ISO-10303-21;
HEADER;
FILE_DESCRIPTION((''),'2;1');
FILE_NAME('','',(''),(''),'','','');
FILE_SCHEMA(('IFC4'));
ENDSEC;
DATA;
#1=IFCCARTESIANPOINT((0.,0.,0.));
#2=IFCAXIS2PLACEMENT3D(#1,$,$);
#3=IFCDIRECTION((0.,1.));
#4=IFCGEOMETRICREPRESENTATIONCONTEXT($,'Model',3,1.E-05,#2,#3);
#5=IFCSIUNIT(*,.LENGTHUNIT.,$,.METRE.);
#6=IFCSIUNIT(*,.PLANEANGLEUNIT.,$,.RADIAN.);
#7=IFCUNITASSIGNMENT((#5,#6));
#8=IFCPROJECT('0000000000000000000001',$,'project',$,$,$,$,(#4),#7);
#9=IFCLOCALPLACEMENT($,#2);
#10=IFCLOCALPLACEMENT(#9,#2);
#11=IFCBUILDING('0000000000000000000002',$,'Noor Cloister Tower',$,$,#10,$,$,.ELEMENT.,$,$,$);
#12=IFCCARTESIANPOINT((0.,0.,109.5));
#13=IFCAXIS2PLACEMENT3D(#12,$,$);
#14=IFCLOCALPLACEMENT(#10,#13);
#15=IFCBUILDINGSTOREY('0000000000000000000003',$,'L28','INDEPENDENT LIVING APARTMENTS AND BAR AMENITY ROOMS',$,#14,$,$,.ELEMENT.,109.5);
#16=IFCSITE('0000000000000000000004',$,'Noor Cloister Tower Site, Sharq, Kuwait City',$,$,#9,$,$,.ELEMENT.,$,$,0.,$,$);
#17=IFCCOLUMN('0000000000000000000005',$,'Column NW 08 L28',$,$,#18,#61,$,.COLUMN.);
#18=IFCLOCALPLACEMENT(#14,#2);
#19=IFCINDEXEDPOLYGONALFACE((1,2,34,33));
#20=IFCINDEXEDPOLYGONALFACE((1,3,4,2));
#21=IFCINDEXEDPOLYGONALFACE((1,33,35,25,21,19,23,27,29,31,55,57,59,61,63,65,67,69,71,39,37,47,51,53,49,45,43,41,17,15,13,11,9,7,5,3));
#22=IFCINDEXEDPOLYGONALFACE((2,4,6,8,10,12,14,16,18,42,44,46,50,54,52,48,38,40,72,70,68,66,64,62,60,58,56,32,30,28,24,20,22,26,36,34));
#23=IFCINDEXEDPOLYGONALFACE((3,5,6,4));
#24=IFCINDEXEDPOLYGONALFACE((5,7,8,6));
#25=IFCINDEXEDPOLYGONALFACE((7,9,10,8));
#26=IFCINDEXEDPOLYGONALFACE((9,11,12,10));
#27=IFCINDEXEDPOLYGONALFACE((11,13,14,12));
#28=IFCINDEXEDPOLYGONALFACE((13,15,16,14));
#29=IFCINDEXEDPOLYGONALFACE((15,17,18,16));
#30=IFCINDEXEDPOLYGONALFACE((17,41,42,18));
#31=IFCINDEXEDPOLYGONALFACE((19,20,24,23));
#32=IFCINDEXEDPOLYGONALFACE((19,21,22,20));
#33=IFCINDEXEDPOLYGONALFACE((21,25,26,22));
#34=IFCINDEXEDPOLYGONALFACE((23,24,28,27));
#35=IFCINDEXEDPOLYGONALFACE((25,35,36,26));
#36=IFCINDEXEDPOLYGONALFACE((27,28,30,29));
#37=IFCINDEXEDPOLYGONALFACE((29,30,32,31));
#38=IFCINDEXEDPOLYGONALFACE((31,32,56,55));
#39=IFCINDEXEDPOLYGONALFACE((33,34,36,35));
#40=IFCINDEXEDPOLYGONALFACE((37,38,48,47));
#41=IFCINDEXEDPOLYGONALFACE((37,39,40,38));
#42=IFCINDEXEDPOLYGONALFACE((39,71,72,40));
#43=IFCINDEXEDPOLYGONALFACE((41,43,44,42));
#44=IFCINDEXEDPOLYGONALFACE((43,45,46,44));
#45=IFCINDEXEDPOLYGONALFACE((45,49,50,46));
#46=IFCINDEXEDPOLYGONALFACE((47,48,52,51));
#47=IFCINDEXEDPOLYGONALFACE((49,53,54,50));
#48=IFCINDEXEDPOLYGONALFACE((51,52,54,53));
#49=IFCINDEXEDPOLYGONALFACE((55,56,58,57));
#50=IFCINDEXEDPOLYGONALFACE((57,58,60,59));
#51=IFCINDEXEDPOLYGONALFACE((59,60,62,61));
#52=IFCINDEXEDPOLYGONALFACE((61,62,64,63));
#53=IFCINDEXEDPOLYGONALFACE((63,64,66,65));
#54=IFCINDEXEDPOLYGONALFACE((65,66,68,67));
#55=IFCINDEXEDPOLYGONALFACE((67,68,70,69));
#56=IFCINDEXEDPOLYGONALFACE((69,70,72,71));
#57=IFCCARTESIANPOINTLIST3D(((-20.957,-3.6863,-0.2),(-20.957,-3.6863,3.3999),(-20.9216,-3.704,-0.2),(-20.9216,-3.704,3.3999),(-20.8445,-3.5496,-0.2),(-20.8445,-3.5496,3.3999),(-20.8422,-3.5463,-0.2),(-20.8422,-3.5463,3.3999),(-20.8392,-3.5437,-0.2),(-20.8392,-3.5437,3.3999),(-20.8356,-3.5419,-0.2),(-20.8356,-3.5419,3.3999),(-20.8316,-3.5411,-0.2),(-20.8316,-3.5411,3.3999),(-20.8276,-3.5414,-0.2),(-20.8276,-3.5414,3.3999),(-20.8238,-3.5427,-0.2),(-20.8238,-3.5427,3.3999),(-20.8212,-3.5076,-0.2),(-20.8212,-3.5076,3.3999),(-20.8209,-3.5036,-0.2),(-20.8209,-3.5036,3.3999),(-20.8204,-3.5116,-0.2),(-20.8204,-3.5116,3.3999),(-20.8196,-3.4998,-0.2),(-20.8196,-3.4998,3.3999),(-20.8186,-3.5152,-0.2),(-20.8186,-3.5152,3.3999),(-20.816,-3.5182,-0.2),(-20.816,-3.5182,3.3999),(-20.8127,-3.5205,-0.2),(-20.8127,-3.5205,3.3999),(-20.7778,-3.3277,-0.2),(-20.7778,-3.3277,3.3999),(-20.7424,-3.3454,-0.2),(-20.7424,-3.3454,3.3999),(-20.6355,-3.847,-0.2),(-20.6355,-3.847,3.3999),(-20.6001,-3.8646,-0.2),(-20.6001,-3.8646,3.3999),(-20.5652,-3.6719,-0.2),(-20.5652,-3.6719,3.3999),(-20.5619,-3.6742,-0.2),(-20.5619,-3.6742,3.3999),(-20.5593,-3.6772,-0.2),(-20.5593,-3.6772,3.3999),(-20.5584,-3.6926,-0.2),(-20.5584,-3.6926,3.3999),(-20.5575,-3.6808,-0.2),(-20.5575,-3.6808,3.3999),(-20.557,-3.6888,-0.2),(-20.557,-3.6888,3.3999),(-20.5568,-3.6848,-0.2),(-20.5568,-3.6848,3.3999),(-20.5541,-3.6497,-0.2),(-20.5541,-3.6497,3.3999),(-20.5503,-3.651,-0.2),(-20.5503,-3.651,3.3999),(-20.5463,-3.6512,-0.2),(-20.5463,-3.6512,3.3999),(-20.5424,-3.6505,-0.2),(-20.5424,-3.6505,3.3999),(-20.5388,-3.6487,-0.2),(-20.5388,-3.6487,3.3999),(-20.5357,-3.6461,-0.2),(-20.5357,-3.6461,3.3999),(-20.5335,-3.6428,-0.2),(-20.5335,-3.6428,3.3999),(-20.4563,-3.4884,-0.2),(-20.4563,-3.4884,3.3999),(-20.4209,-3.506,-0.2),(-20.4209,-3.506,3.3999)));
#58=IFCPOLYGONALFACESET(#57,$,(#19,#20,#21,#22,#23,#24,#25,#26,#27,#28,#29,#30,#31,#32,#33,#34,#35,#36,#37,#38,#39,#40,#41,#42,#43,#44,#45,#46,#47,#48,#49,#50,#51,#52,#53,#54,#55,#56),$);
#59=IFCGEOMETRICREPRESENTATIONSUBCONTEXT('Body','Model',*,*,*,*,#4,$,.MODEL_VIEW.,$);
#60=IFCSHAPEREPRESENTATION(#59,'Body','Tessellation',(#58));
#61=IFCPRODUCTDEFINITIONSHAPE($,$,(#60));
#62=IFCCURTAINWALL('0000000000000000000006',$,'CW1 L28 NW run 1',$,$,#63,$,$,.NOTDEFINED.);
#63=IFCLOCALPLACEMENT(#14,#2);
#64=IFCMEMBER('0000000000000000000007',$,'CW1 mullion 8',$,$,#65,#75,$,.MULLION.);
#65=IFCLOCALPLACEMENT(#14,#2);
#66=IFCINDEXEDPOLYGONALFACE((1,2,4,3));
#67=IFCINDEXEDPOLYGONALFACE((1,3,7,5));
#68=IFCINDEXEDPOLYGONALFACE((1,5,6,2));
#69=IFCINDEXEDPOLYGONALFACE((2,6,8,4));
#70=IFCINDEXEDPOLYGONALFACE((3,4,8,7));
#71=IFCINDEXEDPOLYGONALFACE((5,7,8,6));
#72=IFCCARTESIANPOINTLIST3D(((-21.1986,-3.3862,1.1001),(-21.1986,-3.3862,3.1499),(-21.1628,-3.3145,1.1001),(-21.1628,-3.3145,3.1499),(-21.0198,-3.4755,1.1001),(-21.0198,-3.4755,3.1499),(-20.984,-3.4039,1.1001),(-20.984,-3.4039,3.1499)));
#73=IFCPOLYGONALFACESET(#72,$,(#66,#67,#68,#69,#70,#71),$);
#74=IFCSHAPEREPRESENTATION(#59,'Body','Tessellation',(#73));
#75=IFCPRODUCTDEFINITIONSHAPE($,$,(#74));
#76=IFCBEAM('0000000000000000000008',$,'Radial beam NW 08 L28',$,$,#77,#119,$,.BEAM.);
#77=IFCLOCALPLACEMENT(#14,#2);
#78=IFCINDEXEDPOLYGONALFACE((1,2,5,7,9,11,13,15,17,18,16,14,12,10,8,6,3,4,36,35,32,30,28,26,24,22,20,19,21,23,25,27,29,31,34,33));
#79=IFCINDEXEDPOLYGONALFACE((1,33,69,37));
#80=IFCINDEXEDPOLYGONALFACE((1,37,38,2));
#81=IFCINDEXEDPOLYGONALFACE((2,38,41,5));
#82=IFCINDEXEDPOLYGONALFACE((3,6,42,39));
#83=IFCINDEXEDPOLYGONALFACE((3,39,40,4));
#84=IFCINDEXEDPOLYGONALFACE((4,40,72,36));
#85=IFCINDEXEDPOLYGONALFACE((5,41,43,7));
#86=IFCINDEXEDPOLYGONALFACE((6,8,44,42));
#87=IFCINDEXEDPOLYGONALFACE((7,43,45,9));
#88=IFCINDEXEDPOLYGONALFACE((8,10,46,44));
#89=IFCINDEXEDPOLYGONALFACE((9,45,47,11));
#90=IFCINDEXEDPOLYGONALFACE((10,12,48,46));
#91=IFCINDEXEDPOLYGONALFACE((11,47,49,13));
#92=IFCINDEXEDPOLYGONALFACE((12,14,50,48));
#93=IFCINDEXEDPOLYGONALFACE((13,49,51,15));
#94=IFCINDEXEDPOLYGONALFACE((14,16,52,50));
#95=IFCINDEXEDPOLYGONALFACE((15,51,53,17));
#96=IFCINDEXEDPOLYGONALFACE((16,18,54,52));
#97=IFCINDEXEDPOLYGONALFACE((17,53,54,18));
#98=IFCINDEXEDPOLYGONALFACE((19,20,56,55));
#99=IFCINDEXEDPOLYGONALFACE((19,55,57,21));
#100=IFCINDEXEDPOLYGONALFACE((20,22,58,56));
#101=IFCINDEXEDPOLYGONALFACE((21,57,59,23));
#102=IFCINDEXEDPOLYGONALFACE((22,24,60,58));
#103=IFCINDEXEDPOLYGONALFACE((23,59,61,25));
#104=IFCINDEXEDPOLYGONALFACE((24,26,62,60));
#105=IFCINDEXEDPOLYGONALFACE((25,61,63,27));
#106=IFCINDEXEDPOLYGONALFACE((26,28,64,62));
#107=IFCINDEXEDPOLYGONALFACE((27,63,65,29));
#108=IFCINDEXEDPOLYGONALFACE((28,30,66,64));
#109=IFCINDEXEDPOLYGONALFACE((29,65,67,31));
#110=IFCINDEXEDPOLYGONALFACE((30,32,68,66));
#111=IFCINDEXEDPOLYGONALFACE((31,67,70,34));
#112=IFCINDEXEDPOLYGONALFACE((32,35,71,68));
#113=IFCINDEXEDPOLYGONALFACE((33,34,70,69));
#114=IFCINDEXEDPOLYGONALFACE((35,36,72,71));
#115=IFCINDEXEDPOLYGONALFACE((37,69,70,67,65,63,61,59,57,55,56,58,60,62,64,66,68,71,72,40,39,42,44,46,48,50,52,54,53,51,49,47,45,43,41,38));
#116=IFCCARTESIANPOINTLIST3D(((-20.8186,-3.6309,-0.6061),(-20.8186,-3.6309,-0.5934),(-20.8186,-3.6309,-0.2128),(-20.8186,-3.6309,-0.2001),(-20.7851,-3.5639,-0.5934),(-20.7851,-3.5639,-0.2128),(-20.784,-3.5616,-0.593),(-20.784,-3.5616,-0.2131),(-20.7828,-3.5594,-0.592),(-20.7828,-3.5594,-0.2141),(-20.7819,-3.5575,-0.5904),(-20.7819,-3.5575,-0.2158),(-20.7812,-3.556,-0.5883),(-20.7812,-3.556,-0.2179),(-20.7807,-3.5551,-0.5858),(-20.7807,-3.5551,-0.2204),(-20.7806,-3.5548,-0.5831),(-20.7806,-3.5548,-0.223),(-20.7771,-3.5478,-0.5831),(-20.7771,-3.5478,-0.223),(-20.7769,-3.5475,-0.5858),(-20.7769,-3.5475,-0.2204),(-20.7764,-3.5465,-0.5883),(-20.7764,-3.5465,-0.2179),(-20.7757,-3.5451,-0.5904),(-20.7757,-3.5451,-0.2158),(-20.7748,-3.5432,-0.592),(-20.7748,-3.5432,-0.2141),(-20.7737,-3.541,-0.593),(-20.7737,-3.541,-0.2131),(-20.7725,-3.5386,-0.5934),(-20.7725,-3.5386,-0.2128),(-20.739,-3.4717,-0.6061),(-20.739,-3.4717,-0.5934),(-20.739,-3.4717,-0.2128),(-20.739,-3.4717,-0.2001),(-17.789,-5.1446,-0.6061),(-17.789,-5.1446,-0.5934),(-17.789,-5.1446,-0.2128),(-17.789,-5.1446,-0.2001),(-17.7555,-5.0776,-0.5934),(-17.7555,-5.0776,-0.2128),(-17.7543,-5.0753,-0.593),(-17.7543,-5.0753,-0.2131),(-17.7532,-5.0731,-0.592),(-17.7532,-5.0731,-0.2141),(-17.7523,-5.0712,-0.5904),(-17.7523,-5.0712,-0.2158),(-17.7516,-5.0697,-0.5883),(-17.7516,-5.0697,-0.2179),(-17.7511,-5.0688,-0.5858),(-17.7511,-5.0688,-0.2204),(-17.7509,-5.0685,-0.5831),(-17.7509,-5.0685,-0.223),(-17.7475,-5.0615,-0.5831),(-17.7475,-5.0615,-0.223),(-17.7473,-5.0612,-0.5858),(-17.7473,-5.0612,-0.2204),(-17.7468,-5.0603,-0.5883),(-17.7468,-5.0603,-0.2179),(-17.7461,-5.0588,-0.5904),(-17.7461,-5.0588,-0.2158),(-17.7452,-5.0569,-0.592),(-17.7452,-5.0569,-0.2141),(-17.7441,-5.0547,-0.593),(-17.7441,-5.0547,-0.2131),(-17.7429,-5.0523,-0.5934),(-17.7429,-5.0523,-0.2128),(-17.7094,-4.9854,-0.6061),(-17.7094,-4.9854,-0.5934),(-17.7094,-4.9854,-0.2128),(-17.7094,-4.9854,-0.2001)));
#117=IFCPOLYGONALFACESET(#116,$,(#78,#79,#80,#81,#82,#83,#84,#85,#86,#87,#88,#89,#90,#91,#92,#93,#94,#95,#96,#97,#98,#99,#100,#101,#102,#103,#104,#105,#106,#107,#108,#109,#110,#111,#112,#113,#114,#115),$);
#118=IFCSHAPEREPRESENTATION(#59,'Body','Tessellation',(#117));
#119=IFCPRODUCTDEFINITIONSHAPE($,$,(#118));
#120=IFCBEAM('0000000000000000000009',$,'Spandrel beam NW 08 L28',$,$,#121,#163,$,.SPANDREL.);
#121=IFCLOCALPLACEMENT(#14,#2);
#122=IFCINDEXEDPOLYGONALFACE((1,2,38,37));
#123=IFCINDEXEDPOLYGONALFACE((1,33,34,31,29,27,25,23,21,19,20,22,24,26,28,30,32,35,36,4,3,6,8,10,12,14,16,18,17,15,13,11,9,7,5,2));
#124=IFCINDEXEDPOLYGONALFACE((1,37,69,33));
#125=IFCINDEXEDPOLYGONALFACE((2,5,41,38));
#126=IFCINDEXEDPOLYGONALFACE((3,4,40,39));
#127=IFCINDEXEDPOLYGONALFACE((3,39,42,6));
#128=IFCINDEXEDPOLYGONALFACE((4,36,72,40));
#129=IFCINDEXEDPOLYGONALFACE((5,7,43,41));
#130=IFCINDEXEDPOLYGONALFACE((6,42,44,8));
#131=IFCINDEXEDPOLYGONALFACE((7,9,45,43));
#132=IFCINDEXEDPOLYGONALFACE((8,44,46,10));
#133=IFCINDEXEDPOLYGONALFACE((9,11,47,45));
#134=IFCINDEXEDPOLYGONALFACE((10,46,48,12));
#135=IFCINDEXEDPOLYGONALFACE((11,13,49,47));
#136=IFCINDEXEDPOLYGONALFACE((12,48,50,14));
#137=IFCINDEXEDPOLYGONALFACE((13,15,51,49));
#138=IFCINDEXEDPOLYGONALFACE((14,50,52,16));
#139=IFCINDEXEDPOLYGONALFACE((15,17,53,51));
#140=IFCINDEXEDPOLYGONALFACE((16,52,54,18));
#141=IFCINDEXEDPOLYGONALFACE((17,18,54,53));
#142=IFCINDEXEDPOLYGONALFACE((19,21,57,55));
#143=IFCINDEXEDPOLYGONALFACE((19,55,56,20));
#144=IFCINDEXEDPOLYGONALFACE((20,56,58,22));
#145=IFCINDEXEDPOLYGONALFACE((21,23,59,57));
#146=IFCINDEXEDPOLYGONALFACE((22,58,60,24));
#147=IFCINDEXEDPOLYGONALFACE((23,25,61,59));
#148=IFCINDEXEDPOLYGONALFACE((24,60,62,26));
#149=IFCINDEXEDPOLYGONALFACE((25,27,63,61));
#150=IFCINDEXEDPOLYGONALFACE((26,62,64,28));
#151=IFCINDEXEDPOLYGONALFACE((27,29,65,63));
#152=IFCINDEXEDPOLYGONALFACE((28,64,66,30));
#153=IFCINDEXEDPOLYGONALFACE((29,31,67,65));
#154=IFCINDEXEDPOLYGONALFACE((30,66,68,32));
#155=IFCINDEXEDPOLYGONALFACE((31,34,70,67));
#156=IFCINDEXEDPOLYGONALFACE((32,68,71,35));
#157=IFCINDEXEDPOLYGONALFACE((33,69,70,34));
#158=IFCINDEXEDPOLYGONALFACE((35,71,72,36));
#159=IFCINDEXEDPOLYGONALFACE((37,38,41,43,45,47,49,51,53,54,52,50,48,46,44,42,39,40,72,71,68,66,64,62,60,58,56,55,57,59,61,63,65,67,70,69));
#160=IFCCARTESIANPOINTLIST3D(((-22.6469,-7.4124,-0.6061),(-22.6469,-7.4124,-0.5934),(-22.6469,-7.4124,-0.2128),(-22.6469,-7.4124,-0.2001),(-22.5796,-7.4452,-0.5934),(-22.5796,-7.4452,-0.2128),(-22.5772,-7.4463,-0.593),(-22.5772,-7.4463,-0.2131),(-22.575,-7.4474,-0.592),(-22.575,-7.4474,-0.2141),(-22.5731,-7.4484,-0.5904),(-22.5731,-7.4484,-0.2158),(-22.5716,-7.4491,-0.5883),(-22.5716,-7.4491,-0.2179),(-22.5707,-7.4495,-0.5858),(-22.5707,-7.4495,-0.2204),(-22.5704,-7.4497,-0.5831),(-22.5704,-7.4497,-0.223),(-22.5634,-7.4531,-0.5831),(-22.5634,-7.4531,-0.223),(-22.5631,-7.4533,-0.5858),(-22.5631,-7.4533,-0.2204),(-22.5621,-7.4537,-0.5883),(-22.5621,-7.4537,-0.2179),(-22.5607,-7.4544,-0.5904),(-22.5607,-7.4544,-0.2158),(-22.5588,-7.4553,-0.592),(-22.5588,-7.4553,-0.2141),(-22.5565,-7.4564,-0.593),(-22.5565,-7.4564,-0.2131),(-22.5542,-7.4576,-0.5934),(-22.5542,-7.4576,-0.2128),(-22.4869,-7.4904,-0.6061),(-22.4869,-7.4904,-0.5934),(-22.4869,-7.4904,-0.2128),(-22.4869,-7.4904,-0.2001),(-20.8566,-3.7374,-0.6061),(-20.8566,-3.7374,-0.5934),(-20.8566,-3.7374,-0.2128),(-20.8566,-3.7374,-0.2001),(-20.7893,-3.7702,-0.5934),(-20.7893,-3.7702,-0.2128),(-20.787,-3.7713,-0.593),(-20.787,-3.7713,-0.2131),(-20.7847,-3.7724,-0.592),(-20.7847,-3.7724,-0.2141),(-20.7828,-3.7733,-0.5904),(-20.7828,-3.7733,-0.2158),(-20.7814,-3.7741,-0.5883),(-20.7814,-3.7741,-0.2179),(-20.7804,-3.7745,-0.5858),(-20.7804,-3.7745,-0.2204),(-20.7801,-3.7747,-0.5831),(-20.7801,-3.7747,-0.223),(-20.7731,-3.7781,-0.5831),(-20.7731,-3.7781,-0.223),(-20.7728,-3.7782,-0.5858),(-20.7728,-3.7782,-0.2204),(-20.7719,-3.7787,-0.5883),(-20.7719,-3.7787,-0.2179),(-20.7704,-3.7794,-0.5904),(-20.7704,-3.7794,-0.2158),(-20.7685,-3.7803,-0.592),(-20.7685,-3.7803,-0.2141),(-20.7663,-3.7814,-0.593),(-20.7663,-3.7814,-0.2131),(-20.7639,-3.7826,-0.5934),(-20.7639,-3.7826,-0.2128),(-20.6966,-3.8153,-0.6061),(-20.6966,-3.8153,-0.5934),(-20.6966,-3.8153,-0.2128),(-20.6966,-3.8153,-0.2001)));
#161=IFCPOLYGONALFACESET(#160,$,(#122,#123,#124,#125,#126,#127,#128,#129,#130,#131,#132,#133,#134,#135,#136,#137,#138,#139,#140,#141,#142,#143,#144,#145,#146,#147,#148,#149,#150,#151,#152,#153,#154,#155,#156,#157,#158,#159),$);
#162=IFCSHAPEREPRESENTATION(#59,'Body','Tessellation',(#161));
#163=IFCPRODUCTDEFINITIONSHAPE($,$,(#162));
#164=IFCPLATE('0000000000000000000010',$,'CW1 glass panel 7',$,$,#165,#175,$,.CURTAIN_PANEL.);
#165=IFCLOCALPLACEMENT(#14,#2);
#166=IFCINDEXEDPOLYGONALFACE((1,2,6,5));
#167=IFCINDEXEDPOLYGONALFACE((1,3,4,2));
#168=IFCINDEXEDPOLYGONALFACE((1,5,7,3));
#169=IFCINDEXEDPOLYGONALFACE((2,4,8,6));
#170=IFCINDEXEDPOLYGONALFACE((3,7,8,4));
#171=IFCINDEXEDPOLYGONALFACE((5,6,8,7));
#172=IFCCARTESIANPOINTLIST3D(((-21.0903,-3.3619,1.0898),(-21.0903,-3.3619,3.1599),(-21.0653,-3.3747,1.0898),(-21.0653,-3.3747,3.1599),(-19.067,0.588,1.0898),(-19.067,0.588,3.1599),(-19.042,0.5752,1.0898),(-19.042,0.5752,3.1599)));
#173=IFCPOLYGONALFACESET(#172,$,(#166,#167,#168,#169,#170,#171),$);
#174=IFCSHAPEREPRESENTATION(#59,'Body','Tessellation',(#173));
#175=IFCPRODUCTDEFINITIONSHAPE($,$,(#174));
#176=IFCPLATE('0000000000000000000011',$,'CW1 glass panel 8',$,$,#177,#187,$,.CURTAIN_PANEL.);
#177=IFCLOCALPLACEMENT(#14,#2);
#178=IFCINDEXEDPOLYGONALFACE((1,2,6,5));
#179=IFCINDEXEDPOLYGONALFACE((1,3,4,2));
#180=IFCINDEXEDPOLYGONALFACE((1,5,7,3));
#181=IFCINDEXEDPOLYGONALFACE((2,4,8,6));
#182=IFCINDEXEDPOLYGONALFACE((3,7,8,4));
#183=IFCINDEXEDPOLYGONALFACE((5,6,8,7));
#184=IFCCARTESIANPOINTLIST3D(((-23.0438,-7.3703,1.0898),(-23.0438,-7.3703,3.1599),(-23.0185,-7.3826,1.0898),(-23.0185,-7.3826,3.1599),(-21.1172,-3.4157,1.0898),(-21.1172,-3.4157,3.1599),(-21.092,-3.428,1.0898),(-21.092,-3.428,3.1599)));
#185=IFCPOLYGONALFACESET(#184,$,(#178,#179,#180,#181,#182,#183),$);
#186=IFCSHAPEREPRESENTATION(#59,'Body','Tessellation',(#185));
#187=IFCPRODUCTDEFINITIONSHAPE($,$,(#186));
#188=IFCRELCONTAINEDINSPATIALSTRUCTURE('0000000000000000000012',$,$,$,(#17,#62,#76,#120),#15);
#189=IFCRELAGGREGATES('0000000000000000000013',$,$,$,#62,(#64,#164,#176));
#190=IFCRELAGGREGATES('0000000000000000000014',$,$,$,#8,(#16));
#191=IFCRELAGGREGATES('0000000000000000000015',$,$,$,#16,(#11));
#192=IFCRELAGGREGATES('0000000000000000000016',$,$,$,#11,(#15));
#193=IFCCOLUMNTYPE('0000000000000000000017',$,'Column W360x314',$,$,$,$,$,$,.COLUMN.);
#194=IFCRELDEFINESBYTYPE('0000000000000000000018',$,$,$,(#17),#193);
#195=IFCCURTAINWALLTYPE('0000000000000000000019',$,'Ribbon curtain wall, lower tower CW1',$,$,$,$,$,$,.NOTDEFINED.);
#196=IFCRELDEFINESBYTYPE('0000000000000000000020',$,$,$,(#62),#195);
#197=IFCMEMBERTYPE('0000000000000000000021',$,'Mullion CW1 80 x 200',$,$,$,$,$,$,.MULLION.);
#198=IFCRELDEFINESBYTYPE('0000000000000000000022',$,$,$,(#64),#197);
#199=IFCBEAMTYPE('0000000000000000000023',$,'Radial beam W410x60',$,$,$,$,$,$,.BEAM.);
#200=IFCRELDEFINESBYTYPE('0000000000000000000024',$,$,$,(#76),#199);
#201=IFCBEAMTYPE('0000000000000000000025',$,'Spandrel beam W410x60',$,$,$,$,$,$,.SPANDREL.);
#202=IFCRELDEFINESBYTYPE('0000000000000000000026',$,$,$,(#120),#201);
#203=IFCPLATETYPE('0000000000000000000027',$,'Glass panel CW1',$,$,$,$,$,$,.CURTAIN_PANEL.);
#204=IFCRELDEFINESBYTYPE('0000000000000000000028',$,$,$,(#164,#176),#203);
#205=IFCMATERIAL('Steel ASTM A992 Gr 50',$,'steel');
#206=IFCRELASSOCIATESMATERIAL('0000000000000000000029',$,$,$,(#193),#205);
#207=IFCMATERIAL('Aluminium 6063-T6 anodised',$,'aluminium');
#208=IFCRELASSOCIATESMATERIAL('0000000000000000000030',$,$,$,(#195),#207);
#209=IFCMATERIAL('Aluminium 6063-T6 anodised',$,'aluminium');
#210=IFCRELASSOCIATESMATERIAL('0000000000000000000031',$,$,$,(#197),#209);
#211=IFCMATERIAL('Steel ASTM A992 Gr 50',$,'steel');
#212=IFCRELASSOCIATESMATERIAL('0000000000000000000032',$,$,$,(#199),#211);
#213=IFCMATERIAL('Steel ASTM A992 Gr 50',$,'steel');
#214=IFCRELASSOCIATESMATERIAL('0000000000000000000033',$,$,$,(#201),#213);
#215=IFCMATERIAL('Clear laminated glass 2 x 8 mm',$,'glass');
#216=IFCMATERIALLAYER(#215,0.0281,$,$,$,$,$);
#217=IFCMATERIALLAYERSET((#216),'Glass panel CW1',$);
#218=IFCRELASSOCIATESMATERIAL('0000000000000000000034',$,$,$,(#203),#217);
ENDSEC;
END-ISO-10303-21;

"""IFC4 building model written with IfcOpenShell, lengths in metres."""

from ifc_helpers import new_model, si_unit, direction, frame, origin, origin_2d, place, context, subcontext, project, spatial, rectangle, i_section, extrude, material, layer, layer_set, material_profile, profile_set, type_object, element, aggregate, save


model = new_model("IFC4")

# Units and contexts
model_context = context("Model", 3, precision=1e-05, world=origin(), true_north=direction((0.0, 1.0)))
body_context = subcontext(model_context, "Body", "Model", "MODEL_VIEW")
ifc_project = project(units=[si_unit("LENGTHUNIT", "METRE"), si_unit("PLANEANGLEUNIT", "RADIAN")], contexts=[model_context])

# Site, building, storey
site_placement = place(None, origin())
site = spatial("IfcSite", under=ifc_project, at=site_placement, Name="Noor Cloister Tower Site, Sharq, Kuwait City", CompositionType="ELEMENT", RefElevation=0.0)
building_placement = place(site_placement, origin())
building = spatial("IfcBuilding", under=site, at=building_placement, Name="Noor Cloister Tower", CompositionType="ELEMENT")
storey_placement = place(building_placement, frame((0.0, 0.0, 109.5)))
storey = spatial("IfcBuildingStorey", under=building, at=storey_placement, Name="L28", Description="INDEPENDENT LIVING APARTMENTS AND BAR AMENITY ROOMS", CompositionType="ELEMENT", Elevation=109.5)

# Column
ifc_material_1 = material(Name="Steel ASTM A992 Gr 50", Category="steel")
ifc_material_profile_1 = material_profile(ifc_material_1, i_section(OverallWidth=0.4009, OverallDepth=0.3989, WebThickness=0.0249, FlangeThickness=0.0396, FilletRadius=0.0154, at=origin_2d()), Name="W360x314")
ifc_profile_set_1 = profile_set([ifc_material_profile_1], Name="Steel ASTM A992 Gr 50")
column_type = type_object("IfcColumnType", Name="Column W360x314", PredefinedType="COLUMN", material=ifc_profile_set_1)
column_placement = place(storey_placement, frame((-20.689, -3.5962, -0.2), z_axis=(0.0, 0.0, 1.0), x_axis=(-0.446959, -0.894555, 0.0)))
element("IfcColumn", 1, at=column_placement, inside=storey, type_object=column_type, Name="Column NW 08 L28", PredefinedType="COLUMN", context=body_context, shape_type="SweptSolid", body=[
    extrude(i_section(OverallWidth=0.4009, OverallDepth=0.3989, WebThickness=0.0249, FlangeThickness=0.0396, FilletRadius=0.0154, at=origin_2d()), origin(), (0.0, 0.0, 1.0), 3.5999),
])

# Curtain wall, member
ifc_material_2 = material(Name="Aluminium 6063-T6 anodised", Category="aluminium")
curtain_wall_type = type_object("IfcCurtainWallType", Name="Ribbon curtain wall, lower tower CW1", PredefinedType="NOTDEFINED", material=ifc_material_2)
curtain_wall_placement = place(storey_placement, origin())
curtain_wall = element("IfcCurtainWall", 2, at=curtain_wall_placement, inside=storey, type_object=curtain_wall_type, Name="CW1 L28 NW run 1", PredefinedType="NOTDEFINED")
ifc_material_3 = material(Name="Aluminium 6063-T6 anodised", Category="aluminium")
ifc_material_profile_2 = material_profile(ifc_material_3, rectangle(XDim=0.2, YDim=0.0801, at=origin_2d()), Name="200 x 80 mullion")
ifc_profile_set_2 = profile_set([ifc_material_profile_2], Name="Aluminium 6063-T6 anodised")
member_type = type_object("IfcMemberType", Name="Mullion CW1 80 x 200", PredefinedType="MULLION", material=ifc_profile_set_2)
member_placement = place(storey_placement, frame((-21.0913, -3.395, 1.1001), z_axis=(0.0, 0.0, 1.0), x_axis=(0.894555, -0.446959, 0.0)))
member = element("IfcMember", 3, at=member_placement, type_object=member_type, Name="CW1 mullion 8", PredefinedType="MULLION", context=body_context, shape_type="SweptSolid", body=[
    extrude(rectangle(XDim=0.2, YDim=0.0801, at=origin_2d()), origin(), (0.0, 0.0, 1.0), 2.0498),
])

# Beams
ifc_material_4 = material(Name="Steel ASTM A992 Gr 50", Category="steel")
ifc_material_profile_3 = material_profile(ifc_material_4, i_section(OverallWidth=0.178, OverallDepth=0.406, WebThickness=0.0078, FlangeThickness=0.0127, FilletRadius=0.0103, at=origin_2d()), Name="W410x60")
ifc_profile_set_3 = profile_set([ifc_material_profile_3], Name="Steel ASTM A992 Gr 50")
beam_type_1 = type_object("IfcBeamType", Name="Radial beam W410x60", PredefinedType="BEAM", material=ifc_profile_set_3)
beam_1_placement = place(storey_placement, frame((-20.7788, -3.5513, -0.4031), z_axis=(0.894557, -0.446954, 0.0), x_axis=(0.446954, 0.894557, 0.0)))
element("IfcBeam", 4, at=beam_1_placement, inside=storey, type_object=beam_type_1, Name="Radial beam NW 08 L28", PredefinedType="BEAM", context=body_context, shape_type="SweptSolid", body=[
    extrude(i_section(OverallWidth=0.178, OverallDepth=0.406, WebThickness=0.0078, FlangeThickness=0.0127, FilletRadius=0.0103, at=origin_2d()), origin(), (0.0, 0.0, 1.0), 3.3867),
])
ifc_material_5 = material(Name="Steel ASTM A992 Gr 50", Category="steel")
ifc_material_profile_4 = material_profile(ifc_material_5, i_section(OverallWidth=0.178, OverallDepth=0.406, WebThickness=0.0078, FlangeThickness=0.0127, FilletRadius=0.0103, at=origin_2d()), Name="W410x60")
ifc_profile_set_4 = profile_set([ifc_material_profile_4], Name="Steel ASTM A992 Gr 50")
beam_type_2 = type_object("IfcBeamType", Name="Spandrel beam W410x60", PredefinedType="SPANDREL", material=ifc_profile_set_4)
beam_2_placement = place(storey_placement, frame((-20.7766, -3.7764, -0.4031), z_axis=(-0.437945, -0.899002, 0.0), x_axis=(0.899002, -0.437945, 0.0)))
element("IfcBeam", 5, at=beam_2_placement, inside=storey, type_object=beam_type_2, Name="Spandrel beam NW 08 L28", PredefinedType="SPANDREL", context=body_context, shape_type="SweptSolid", body=[
    extrude(i_section(OverallWidth=0.178, OverallDepth=0.406, WebThickness=0.0078, FlangeThickness=0.0127, FilletRadius=0.0103, at=origin_2d()), origin(), (0.0, 0.0, 1.0), 4.0879),
])

# Plates
ifc_material_6 = material(Name="Clear laminated glass 2 x 8 mm", Category="glass")
ifc_layer_1 = layer(ifc_material_6, 0.0281)
ifc_layer_set_1 = layer_set([ifc_layer_1], Name="Glass panel CW1")
plate_type = type_object("IfcPlateType", Name="Glass panel CW1", PredefinedType="CURTAIN_PANEL", material=ifc_layer_set_1)
plate_1_placement = place(storey_placement, frame((-20.0662, -1.3933, 1.0898), z_axis=(0.0, 0.0, 1.0), x_axis=(-0.455917, -0.890022, 0.0)))
plate_1 = element("IfcPlate", 6, at=plate_1_placement, type_object=plate_type, Name="CW1 glass panel 7", PredefinedType="CURTAIN_PANEL", context=body_context, shape_type="SweptSolid", body=[
    extrude(rectangle(XDim=4.438, YDim=0.0281, at=origin_2d()), origin(), (0.0, 0.0, 1.0), 2.0701),
])
plate_2_placement = place(storey_placement, frame((-22.0679, -5.3992, 1.0898), z_axis=(0.0, 0.0, 1.0), x_axis=(-0.437955, -0.898997, 0.0)))
plate_2 = element("IfcPlate", 7, at=plate_2_placement, type_object=plate_type, Name="CW1 glass panel 8", PredefinedType="CURTAIN_PANEL", context=body_context, shape_type="SweptSolid", body=[
    extrude(rectangle(XDim=4.3989, YDim=0.0281, at=origin_2d()), origin(), (0.0, 0.0, 1.0), 2.0701),
])
aggregate(curtain_wall, [member, plate_1, plate_2])

save(model, "model.ifc")
